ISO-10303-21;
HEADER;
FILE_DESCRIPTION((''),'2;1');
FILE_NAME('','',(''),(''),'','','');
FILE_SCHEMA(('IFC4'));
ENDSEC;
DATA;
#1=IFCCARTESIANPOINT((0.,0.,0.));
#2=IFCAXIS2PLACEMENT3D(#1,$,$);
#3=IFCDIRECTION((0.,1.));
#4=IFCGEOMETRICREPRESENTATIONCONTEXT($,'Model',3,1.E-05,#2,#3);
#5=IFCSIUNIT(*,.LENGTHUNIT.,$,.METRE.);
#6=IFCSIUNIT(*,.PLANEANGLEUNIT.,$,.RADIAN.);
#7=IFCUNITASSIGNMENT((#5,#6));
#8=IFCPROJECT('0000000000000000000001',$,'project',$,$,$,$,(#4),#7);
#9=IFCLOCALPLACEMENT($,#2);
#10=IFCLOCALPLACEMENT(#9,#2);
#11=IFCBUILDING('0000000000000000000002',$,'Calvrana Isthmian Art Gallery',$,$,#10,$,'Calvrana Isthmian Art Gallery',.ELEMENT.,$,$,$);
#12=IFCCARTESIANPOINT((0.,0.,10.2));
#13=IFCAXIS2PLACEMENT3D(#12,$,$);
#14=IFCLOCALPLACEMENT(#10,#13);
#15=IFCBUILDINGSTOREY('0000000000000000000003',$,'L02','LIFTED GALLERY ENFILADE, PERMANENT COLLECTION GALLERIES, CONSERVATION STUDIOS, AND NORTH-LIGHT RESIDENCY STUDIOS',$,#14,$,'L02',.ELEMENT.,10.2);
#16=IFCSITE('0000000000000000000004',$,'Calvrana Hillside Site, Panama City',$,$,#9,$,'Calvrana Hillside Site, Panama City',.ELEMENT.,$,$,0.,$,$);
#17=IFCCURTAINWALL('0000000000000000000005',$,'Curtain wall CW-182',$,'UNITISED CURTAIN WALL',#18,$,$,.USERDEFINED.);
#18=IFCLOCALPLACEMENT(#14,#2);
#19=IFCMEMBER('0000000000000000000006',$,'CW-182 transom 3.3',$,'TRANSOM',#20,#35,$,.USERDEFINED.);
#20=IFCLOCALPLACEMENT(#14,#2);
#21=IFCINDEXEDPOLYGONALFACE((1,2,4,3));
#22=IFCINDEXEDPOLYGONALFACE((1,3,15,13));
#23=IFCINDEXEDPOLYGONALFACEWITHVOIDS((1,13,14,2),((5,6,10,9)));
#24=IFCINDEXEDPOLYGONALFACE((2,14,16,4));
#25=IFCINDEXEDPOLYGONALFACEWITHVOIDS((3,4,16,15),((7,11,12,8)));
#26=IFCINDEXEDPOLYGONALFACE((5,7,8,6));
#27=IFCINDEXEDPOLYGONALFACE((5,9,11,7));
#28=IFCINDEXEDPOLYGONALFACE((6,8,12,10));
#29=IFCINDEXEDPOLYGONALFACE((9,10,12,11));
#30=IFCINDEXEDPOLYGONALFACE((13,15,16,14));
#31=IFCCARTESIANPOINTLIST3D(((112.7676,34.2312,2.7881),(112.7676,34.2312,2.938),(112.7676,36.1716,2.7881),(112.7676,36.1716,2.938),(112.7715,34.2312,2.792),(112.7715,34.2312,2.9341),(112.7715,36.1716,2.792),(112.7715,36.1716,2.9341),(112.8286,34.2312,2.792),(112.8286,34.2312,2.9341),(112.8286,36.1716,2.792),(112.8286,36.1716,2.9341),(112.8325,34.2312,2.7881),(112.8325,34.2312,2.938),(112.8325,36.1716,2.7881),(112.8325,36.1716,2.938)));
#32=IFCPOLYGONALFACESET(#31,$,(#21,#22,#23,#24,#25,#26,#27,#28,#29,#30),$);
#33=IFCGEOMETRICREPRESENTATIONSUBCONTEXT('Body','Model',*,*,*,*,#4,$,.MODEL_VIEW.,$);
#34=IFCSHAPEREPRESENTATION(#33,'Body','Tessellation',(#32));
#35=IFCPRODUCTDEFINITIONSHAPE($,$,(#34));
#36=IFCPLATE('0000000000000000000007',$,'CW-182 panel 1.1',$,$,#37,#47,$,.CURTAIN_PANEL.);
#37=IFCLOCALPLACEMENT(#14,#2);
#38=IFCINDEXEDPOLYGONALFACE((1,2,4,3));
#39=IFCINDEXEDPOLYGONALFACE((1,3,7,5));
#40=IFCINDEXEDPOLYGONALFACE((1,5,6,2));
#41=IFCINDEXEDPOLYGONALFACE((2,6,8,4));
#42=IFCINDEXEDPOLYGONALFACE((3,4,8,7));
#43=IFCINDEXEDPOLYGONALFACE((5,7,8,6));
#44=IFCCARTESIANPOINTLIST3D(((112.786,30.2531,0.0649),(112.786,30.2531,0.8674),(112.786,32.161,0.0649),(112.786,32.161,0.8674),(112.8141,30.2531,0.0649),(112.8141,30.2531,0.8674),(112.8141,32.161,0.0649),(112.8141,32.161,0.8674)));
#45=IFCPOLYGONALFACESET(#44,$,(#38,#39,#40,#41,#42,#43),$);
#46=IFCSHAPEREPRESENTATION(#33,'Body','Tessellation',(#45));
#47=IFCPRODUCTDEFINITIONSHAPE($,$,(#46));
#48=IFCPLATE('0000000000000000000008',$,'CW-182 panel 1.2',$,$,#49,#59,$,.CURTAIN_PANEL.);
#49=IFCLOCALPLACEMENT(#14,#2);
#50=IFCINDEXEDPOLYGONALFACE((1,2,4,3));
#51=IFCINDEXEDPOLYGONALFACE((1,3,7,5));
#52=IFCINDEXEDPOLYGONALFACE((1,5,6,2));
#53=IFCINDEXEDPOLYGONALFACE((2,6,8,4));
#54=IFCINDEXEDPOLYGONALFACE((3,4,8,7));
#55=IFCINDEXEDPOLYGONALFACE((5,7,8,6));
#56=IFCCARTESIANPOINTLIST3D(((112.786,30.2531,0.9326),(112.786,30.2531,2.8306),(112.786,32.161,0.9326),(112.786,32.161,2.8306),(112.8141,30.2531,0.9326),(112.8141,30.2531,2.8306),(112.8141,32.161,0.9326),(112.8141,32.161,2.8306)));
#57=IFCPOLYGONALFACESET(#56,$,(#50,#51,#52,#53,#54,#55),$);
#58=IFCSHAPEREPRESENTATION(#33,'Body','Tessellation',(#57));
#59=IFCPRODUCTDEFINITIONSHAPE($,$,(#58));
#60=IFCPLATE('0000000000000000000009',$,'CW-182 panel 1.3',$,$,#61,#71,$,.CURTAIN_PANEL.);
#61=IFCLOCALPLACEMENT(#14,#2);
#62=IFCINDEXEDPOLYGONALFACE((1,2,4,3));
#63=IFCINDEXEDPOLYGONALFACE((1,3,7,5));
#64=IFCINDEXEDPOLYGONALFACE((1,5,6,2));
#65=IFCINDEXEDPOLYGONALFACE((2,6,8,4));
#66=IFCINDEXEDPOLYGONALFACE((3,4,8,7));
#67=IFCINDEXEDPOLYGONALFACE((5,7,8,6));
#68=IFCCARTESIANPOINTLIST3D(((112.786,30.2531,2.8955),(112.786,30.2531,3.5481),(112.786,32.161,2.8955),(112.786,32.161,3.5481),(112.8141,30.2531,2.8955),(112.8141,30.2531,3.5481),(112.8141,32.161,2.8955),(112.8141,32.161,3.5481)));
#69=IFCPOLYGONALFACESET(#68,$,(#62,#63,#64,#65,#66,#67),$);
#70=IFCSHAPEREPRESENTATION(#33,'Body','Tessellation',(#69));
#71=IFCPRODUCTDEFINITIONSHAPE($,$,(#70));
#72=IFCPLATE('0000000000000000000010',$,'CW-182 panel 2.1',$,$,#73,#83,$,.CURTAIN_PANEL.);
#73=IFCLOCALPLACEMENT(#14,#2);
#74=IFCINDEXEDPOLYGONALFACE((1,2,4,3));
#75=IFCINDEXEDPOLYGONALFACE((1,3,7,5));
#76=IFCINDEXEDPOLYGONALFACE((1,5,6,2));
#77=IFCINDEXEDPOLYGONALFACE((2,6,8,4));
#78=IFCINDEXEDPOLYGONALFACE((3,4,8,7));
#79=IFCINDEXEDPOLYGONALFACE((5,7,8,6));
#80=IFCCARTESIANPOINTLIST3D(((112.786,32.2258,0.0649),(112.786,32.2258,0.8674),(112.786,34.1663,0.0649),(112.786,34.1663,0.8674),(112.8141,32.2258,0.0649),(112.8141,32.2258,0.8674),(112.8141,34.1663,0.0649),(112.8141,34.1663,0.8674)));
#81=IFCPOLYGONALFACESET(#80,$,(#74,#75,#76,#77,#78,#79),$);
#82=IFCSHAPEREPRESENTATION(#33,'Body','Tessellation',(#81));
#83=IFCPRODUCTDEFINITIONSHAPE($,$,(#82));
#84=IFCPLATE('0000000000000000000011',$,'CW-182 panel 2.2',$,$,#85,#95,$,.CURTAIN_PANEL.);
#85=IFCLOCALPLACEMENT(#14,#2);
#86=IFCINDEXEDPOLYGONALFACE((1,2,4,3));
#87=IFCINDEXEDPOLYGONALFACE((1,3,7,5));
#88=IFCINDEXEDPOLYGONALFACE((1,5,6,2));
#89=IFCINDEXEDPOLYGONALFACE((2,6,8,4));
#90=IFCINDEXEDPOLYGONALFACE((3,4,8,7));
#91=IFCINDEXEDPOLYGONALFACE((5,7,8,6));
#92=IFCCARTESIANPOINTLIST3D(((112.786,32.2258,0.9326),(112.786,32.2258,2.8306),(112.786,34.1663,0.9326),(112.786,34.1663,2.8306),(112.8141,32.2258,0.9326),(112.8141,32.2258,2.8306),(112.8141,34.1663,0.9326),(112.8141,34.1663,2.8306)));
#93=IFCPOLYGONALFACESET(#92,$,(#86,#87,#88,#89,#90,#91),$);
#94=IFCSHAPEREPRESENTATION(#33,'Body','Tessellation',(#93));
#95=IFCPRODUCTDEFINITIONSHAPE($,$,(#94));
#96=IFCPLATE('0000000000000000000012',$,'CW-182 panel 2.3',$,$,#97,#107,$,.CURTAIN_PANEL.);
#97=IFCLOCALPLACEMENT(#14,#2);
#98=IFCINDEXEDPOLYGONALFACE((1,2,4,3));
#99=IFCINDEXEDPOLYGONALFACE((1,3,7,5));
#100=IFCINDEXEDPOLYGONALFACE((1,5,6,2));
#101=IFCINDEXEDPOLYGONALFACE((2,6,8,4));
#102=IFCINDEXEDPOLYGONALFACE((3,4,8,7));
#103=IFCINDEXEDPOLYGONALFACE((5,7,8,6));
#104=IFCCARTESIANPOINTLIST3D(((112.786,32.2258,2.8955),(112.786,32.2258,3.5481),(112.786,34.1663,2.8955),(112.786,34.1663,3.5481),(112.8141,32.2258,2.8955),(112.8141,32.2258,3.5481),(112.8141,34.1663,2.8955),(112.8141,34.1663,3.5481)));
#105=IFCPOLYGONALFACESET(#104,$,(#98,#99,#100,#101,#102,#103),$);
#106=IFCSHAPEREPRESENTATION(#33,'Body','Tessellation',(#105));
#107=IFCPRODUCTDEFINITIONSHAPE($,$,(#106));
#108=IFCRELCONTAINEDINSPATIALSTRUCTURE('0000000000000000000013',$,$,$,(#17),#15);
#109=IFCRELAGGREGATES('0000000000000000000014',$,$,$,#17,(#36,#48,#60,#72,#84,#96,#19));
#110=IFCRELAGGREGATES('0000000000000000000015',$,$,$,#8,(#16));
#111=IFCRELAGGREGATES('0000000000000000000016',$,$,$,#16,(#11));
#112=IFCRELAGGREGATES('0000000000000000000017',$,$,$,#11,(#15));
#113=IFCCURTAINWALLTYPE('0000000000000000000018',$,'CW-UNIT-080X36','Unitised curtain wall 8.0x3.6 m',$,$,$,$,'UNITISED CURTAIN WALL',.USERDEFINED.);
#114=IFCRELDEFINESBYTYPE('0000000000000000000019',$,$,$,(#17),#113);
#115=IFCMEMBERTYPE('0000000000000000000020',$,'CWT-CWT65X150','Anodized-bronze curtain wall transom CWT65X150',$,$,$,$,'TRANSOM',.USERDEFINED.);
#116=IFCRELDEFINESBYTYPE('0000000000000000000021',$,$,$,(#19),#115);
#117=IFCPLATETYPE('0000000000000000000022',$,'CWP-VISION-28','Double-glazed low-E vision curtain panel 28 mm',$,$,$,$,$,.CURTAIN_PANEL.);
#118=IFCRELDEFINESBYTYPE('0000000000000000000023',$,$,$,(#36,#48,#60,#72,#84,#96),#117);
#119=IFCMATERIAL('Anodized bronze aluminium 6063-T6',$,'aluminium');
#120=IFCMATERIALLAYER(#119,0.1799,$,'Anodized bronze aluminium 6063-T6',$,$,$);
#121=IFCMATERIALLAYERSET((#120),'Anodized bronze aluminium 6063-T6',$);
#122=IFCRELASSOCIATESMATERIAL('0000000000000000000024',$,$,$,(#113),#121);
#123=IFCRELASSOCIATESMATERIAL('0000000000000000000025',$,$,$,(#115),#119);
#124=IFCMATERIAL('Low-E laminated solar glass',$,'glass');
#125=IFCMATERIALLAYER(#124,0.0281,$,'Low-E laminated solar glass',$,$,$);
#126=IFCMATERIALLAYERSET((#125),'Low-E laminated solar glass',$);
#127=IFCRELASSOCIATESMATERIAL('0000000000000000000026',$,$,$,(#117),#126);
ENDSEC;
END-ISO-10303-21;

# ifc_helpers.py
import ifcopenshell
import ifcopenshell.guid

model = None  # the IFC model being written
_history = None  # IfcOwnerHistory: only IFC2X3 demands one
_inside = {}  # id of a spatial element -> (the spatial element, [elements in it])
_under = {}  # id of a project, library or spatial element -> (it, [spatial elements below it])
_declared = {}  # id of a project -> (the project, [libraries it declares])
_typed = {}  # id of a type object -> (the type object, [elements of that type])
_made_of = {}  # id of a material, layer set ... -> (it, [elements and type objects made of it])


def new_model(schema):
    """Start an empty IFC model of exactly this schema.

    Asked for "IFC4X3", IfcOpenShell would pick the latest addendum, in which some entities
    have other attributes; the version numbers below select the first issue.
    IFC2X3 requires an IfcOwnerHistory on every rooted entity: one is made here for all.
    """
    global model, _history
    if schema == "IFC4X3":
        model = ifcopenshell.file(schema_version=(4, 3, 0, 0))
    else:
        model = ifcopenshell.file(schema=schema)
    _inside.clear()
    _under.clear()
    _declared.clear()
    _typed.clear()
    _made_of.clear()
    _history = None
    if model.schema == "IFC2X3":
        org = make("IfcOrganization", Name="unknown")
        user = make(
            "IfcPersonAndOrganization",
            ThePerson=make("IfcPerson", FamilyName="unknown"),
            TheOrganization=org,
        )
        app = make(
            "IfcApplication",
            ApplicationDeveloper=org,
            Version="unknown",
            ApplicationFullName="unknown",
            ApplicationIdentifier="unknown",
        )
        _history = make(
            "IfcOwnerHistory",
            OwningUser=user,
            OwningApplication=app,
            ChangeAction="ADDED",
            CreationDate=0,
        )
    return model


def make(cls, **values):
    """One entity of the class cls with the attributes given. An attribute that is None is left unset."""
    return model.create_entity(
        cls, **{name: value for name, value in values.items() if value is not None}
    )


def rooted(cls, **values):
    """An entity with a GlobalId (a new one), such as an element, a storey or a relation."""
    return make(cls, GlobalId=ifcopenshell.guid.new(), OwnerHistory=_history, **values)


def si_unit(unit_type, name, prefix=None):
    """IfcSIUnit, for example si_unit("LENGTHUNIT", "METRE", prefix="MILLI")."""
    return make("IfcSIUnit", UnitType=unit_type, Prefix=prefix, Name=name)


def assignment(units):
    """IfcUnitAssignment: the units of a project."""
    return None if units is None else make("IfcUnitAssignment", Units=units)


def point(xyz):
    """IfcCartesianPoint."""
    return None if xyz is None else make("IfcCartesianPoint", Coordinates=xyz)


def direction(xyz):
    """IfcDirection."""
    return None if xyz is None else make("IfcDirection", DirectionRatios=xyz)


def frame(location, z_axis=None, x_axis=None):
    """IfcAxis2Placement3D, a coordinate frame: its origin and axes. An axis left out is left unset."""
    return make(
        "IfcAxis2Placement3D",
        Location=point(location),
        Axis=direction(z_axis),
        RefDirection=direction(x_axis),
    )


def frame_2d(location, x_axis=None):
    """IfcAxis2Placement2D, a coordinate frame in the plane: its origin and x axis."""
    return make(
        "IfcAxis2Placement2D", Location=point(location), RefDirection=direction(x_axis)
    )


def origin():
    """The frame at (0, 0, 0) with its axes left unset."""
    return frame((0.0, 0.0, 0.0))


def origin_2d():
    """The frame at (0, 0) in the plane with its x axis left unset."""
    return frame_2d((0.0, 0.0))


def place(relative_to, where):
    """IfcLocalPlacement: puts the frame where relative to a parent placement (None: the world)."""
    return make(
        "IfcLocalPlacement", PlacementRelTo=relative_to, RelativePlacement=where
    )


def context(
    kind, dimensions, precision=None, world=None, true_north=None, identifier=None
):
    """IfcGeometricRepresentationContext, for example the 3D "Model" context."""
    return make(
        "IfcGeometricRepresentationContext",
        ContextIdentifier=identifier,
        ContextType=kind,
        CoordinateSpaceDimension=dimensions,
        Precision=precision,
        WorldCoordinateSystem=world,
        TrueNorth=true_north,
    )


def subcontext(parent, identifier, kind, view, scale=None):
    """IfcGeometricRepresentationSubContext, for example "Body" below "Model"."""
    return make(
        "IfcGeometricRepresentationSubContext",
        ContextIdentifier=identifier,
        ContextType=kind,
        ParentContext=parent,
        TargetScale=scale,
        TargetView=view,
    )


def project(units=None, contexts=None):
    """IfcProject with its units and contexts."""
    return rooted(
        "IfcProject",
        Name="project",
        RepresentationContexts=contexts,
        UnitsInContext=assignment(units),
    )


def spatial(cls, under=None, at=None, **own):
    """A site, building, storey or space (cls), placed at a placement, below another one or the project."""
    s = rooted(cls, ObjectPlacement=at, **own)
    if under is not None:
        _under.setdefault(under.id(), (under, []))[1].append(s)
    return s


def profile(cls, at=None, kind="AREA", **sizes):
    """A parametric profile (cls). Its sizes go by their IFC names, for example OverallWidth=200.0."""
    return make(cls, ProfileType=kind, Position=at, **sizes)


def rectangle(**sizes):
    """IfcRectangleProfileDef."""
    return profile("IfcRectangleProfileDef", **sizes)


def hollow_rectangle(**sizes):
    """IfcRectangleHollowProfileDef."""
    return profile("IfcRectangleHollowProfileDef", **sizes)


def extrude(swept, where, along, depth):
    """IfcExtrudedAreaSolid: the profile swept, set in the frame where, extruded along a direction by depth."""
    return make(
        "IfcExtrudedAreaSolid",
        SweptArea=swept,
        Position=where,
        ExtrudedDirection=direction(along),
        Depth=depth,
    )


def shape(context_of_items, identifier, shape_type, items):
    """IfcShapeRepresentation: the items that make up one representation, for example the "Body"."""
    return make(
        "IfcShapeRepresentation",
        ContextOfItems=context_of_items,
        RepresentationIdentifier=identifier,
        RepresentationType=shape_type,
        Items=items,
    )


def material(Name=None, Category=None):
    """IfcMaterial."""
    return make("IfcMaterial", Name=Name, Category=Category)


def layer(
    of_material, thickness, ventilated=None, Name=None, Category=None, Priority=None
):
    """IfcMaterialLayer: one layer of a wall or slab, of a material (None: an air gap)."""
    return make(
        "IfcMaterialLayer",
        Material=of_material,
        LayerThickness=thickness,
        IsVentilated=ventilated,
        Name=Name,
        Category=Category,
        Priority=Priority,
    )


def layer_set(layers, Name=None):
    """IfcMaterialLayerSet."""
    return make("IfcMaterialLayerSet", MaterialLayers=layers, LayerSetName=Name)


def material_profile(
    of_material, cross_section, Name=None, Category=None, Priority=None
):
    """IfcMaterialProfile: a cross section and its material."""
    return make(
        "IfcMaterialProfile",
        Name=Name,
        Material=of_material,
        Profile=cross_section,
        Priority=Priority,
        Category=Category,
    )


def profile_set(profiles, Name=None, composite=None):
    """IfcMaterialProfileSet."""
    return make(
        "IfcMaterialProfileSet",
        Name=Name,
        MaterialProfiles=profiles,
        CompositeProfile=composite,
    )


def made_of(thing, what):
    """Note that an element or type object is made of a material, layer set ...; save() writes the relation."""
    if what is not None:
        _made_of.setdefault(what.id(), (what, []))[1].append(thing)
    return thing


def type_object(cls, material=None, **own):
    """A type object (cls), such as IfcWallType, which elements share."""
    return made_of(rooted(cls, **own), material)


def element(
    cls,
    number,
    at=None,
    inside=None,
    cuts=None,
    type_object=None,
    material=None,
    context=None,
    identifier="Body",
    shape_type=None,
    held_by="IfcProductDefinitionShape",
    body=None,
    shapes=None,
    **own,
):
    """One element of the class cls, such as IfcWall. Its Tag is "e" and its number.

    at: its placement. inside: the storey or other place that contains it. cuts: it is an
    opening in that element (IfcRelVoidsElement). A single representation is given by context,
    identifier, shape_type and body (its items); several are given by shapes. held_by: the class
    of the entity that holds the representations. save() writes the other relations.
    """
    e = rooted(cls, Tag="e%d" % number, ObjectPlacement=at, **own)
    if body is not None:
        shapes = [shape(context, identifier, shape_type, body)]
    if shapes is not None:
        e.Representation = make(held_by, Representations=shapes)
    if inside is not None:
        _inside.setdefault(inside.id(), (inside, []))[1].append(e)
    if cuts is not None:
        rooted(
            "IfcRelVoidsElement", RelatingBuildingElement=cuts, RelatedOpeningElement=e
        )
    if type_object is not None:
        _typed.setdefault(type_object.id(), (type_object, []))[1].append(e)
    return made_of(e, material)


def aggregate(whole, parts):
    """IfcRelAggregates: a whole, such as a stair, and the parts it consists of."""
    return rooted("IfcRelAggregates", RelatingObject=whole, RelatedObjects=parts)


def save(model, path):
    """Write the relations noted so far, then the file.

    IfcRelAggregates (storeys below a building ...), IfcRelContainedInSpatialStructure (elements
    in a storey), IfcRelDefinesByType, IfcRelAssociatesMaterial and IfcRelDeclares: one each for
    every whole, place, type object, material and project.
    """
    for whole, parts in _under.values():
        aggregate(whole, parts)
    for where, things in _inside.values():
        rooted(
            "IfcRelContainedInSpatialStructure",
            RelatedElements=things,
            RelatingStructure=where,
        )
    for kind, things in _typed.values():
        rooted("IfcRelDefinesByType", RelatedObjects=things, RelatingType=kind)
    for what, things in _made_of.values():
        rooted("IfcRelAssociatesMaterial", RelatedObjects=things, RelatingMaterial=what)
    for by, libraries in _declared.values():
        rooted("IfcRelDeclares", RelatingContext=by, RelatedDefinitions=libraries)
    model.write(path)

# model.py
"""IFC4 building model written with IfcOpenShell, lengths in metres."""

from ifc_helpers import new_model, si_unit, direction, frame, origin, origin_2d, place, context, subcontext, project, spatial, rectangle, hollow_rectangle, extrude, material, layer, layer_set, material_profile, profile_set, type_object, element, aggregate, save


model = new_model("IFC4")

# Units and contexts
model_context = context("Model", 3, precision=1e-05, world=origin(), true_north=direction((0.0, 1.0)))
body_context = subcontext(model_context, "Body", "Model", "MODEL_VIEW")
ifc_project = project(units=[si_unit("LENGTHUNIT", "METRE"), si_unit("PLANEANGLEUNIT", "RADIAN")], contexts=[model_context])

# Site, building, storey
site_placement = place(None, origin())
site = spatial("IfcSite", under=ifc_project, at=site_placement, Name="Calvrana Hillside Site, Panama City", LongName="Calvrana Hillside Site, Panama City", CompositionType="ELEMENT", RefElevation=0.0)
building_placement = place(site_placement, origin())
building = spatial("IfcBuilding", under=site, at=building_placement, Name="Calvrana Isthmian Art Gallery", LongName="Calvrana Isthmian Art Gallery", CompositionType="ELEMENT")
storey_placement = place(building_placement, frame((0.0, 0.0, 10.2)))
storey = spatial("IfcBuildingStorey", under=building, at=storey_placement, Name="L02", Description="LIFTED GALLERY ENFILADE, PERMANENT COLLECTION GALLERIES, CONSERVATION STUDIOS, AND NORTH-LIGHT RESIDENCY STUDIOS", LongName="L02", CompositionType="ELEMENT", Elevation=10.2)

# Curtain wall, member, plates
ifc_material_1 = material(Name="Anodized bronze aluminium 6063-T6", Category="aluminium")
ifc_layer_1 = layer(ifc_material_1, 0.1799, Name="Anodized bronze aluminium 6063-T6")
ifc_layer_set_1 = layer_set([ifc_layer_1], Name="Anodized bronze aluminium 6063-T6")
curtain_wall_type = type_object("IfcCurtainWallType", Name="CW-UNIT-080X36", Description="Unitised curtain wall 8.0x3.6 m", ElementType="UNITISED CURTAIN WALL", PredefinedType="USERDEFINED", material=ifc_layer_set_1)
curtain_wall_placement = place(storey_placement, origin())
curtain_wall = element("IfcCurtainWall", 1, at=curtain_wall_placement, inside=storey, type_object=curtain_wall_type, Name="Curtain wall CW-182", ObjectType="UNITISED CURTAIN WALL", PredefinedType="USERDEFINED")
ifc_material_profile_1 = material_profile(ifc_material_1, hollow_rectangle(XDim=0.0649, YDim=0.1499, WallThickness=0.0039, at=origin_2d()), Name="CWT65X150")
ifc_profile_set_1 = profile_set([ifc_material_profile_1], Name="Anodized bronze aluminium 6063-T6")
member_type_1 = type_object("IfcMemberType", Name="CWT-CWT65X150", Description="Anodized-bronze curtain wall transom CWT65X150", ElementType="TRANSOM", PredefinedType="USERDEFINED", material=ifc_profile_set_1)
member_1_placement = place(storey_placement, frame((112.8, 34.2312, 2.863), z_axis=(0.0, 1.0, 0.0), x_axis=(-1.0, 0.0, 0.0)))
member_1 = element("IfcMember", 2, at=member_1_placement, type_object=member_type_1, Name="CW-182 transom 3.3", ObjectType="TRANSOM", PredefinedType="USERDEFINED", context=body_context, shape_type="SweptSolid", body=[
    extrude(hollow_rectangle(XDim=0.0649, YDim=0.1499, WallThickness=0.0039, at=origin_2d()), origin(), (0.0, 0.0, 1.0), 1.9404),
])
ifc_material_2 = material(Name="Low-E laminated solar glass", Category="glass")
ifc_layer_2 = layer(ifc_material_2, 0.0281, Name="Low-E laminated solar glass")
ifc_layer_set_2 = layer_set([ifc_layer_2], Name="Low-E laminated solar glass")
plate_type = type_object("IfcPlateType", Name="CWP-VISION-28", Description="Double-glazed low-E vision curtain panel 28 mm", PredefinedType="CURTAIN_PANEL", material=ifc_layer_set_2)
plate_1_placement = place(storey_placement, frame((112.8, 31.207, 0.0649), z_axis=(0.0, 0.0, 1.0), x_axis=(0.0, 1.0, 0.0)))
plate_1 = element("IfcPlate", 3, at=plate_1_placement, type_object=plate_type, Name="CW-182 panel 1.1", PredefinedType="CURTAIN_PANEL", context=body_context, shape_type="SweptSolid", body=[
    extrude(rectangle(XDim=1.908, YDim=0.0281, at=origin_2d()), origin(), (0.0, 0.0, 1.0), 0.8025),
])
plate_2_placement = place(storey_placement, frame((112.8, 31.207, 0.9326), z_axis=(0.0, 0.0, 1.0), x_axis=(0.0, 1.0, 0.0)))
plate_2 = element("IfcPlate", 4, at=plate_2_placement, type_object=plate_type, Name="CW-182 panel 1.2", PredefinedType="CURTAIN_PANEL", context=body_context, shape_type="SweptSolid", body=[
    extrude(rectangle(XDim=1.908, YDim=0.0281, at=origin_2d()), origin(), (0.0, 0.0, 1.0), 1.8979),
])
plate_3_placement = place(storey_placement, frame((112.8, 31.207, 2.8955), z_axis=(0.0, 0.0, 1.0), x_axis=(0.0, 1.0, 0.0)))
plate_3 = element("IfcPlate", 5, at=plate_3_placement, type_object=plate_type, Name="CW-182 panel 1.3", PredefinedType="CURTAIN_PANEL", context=body_context, shape_type="SweptSolid", body=[
    extrude(rectangle(XDim=1.908, YDim=0.0281, at=origin_2d()), origin(), (0.0, 0.0, 1.0), 0.6526),
])
plate_4_placement = place(storey_placement, frame((112.8, 33.196, 0.0649), z_axis=(0.0, 0.0, 1.0), x_axis=(0.0, 1.0, 0.0)))
plate_4 = element("IfcPlate", 6, at=plate_4_placement, type_object=plate_type, Name="CW-182 panel 2.1", PredefinedType="CURTAIN_PANEL", context=body_context, shape_type="SweptSolid", body=[
    extrude(rectangle(XDim=1.9404, YDim=0.0281, at=origin_2d()), origin(), (0.0, 0.0, 1.0), 0.8025),
])
plate_5_placement = place(storey_placement, frame((112.8, 33.196, 0.9326), z_axis=(0.0, 0.0, 1.0), x_axis=(0.0, 1.0, 0.0)))
plate_5 = element("IfcPlate", 7, at=plate_5_placement, type_object=plate_type, Name="CW-182 panel 2.2", PredefinedType="CURTAIN_PANEL", context=body_context, shape_type="SweptSolid", body=[
    extrude(rectangle(XDim=1.9404, YDim=0.0281, at=origin_2d()), origin(), (0.0, 0.0, 1.0), 1.8979),
])
plate_6_placement = place(storey_placement, frame((112.8, 33.196, 2.8955), z_axis=(0.0, 0.0, 1.0), x_axis=(0.0, 1.0, 0.0)))
plate_6 = element("IfcPlate", 8, at=plate_6_placement, type_object=plate_type, Name="CW-182 panel 2.3", PredefinedType="CURTAIN_PANEL", context=body_context, shape_type="SweptSolid", body=[
    extrude(rectangle(XDim=1.9404, YDim=0.0281, at=origin_2d()), origin(), (0.0, 0.0, 1.0), 0.6526),
])
aggregate(curtain_wall, [plate_1, plate_2, plate_3, plate_4, plate_5, plate_6, member_1])

save(model, "model.ifc")
